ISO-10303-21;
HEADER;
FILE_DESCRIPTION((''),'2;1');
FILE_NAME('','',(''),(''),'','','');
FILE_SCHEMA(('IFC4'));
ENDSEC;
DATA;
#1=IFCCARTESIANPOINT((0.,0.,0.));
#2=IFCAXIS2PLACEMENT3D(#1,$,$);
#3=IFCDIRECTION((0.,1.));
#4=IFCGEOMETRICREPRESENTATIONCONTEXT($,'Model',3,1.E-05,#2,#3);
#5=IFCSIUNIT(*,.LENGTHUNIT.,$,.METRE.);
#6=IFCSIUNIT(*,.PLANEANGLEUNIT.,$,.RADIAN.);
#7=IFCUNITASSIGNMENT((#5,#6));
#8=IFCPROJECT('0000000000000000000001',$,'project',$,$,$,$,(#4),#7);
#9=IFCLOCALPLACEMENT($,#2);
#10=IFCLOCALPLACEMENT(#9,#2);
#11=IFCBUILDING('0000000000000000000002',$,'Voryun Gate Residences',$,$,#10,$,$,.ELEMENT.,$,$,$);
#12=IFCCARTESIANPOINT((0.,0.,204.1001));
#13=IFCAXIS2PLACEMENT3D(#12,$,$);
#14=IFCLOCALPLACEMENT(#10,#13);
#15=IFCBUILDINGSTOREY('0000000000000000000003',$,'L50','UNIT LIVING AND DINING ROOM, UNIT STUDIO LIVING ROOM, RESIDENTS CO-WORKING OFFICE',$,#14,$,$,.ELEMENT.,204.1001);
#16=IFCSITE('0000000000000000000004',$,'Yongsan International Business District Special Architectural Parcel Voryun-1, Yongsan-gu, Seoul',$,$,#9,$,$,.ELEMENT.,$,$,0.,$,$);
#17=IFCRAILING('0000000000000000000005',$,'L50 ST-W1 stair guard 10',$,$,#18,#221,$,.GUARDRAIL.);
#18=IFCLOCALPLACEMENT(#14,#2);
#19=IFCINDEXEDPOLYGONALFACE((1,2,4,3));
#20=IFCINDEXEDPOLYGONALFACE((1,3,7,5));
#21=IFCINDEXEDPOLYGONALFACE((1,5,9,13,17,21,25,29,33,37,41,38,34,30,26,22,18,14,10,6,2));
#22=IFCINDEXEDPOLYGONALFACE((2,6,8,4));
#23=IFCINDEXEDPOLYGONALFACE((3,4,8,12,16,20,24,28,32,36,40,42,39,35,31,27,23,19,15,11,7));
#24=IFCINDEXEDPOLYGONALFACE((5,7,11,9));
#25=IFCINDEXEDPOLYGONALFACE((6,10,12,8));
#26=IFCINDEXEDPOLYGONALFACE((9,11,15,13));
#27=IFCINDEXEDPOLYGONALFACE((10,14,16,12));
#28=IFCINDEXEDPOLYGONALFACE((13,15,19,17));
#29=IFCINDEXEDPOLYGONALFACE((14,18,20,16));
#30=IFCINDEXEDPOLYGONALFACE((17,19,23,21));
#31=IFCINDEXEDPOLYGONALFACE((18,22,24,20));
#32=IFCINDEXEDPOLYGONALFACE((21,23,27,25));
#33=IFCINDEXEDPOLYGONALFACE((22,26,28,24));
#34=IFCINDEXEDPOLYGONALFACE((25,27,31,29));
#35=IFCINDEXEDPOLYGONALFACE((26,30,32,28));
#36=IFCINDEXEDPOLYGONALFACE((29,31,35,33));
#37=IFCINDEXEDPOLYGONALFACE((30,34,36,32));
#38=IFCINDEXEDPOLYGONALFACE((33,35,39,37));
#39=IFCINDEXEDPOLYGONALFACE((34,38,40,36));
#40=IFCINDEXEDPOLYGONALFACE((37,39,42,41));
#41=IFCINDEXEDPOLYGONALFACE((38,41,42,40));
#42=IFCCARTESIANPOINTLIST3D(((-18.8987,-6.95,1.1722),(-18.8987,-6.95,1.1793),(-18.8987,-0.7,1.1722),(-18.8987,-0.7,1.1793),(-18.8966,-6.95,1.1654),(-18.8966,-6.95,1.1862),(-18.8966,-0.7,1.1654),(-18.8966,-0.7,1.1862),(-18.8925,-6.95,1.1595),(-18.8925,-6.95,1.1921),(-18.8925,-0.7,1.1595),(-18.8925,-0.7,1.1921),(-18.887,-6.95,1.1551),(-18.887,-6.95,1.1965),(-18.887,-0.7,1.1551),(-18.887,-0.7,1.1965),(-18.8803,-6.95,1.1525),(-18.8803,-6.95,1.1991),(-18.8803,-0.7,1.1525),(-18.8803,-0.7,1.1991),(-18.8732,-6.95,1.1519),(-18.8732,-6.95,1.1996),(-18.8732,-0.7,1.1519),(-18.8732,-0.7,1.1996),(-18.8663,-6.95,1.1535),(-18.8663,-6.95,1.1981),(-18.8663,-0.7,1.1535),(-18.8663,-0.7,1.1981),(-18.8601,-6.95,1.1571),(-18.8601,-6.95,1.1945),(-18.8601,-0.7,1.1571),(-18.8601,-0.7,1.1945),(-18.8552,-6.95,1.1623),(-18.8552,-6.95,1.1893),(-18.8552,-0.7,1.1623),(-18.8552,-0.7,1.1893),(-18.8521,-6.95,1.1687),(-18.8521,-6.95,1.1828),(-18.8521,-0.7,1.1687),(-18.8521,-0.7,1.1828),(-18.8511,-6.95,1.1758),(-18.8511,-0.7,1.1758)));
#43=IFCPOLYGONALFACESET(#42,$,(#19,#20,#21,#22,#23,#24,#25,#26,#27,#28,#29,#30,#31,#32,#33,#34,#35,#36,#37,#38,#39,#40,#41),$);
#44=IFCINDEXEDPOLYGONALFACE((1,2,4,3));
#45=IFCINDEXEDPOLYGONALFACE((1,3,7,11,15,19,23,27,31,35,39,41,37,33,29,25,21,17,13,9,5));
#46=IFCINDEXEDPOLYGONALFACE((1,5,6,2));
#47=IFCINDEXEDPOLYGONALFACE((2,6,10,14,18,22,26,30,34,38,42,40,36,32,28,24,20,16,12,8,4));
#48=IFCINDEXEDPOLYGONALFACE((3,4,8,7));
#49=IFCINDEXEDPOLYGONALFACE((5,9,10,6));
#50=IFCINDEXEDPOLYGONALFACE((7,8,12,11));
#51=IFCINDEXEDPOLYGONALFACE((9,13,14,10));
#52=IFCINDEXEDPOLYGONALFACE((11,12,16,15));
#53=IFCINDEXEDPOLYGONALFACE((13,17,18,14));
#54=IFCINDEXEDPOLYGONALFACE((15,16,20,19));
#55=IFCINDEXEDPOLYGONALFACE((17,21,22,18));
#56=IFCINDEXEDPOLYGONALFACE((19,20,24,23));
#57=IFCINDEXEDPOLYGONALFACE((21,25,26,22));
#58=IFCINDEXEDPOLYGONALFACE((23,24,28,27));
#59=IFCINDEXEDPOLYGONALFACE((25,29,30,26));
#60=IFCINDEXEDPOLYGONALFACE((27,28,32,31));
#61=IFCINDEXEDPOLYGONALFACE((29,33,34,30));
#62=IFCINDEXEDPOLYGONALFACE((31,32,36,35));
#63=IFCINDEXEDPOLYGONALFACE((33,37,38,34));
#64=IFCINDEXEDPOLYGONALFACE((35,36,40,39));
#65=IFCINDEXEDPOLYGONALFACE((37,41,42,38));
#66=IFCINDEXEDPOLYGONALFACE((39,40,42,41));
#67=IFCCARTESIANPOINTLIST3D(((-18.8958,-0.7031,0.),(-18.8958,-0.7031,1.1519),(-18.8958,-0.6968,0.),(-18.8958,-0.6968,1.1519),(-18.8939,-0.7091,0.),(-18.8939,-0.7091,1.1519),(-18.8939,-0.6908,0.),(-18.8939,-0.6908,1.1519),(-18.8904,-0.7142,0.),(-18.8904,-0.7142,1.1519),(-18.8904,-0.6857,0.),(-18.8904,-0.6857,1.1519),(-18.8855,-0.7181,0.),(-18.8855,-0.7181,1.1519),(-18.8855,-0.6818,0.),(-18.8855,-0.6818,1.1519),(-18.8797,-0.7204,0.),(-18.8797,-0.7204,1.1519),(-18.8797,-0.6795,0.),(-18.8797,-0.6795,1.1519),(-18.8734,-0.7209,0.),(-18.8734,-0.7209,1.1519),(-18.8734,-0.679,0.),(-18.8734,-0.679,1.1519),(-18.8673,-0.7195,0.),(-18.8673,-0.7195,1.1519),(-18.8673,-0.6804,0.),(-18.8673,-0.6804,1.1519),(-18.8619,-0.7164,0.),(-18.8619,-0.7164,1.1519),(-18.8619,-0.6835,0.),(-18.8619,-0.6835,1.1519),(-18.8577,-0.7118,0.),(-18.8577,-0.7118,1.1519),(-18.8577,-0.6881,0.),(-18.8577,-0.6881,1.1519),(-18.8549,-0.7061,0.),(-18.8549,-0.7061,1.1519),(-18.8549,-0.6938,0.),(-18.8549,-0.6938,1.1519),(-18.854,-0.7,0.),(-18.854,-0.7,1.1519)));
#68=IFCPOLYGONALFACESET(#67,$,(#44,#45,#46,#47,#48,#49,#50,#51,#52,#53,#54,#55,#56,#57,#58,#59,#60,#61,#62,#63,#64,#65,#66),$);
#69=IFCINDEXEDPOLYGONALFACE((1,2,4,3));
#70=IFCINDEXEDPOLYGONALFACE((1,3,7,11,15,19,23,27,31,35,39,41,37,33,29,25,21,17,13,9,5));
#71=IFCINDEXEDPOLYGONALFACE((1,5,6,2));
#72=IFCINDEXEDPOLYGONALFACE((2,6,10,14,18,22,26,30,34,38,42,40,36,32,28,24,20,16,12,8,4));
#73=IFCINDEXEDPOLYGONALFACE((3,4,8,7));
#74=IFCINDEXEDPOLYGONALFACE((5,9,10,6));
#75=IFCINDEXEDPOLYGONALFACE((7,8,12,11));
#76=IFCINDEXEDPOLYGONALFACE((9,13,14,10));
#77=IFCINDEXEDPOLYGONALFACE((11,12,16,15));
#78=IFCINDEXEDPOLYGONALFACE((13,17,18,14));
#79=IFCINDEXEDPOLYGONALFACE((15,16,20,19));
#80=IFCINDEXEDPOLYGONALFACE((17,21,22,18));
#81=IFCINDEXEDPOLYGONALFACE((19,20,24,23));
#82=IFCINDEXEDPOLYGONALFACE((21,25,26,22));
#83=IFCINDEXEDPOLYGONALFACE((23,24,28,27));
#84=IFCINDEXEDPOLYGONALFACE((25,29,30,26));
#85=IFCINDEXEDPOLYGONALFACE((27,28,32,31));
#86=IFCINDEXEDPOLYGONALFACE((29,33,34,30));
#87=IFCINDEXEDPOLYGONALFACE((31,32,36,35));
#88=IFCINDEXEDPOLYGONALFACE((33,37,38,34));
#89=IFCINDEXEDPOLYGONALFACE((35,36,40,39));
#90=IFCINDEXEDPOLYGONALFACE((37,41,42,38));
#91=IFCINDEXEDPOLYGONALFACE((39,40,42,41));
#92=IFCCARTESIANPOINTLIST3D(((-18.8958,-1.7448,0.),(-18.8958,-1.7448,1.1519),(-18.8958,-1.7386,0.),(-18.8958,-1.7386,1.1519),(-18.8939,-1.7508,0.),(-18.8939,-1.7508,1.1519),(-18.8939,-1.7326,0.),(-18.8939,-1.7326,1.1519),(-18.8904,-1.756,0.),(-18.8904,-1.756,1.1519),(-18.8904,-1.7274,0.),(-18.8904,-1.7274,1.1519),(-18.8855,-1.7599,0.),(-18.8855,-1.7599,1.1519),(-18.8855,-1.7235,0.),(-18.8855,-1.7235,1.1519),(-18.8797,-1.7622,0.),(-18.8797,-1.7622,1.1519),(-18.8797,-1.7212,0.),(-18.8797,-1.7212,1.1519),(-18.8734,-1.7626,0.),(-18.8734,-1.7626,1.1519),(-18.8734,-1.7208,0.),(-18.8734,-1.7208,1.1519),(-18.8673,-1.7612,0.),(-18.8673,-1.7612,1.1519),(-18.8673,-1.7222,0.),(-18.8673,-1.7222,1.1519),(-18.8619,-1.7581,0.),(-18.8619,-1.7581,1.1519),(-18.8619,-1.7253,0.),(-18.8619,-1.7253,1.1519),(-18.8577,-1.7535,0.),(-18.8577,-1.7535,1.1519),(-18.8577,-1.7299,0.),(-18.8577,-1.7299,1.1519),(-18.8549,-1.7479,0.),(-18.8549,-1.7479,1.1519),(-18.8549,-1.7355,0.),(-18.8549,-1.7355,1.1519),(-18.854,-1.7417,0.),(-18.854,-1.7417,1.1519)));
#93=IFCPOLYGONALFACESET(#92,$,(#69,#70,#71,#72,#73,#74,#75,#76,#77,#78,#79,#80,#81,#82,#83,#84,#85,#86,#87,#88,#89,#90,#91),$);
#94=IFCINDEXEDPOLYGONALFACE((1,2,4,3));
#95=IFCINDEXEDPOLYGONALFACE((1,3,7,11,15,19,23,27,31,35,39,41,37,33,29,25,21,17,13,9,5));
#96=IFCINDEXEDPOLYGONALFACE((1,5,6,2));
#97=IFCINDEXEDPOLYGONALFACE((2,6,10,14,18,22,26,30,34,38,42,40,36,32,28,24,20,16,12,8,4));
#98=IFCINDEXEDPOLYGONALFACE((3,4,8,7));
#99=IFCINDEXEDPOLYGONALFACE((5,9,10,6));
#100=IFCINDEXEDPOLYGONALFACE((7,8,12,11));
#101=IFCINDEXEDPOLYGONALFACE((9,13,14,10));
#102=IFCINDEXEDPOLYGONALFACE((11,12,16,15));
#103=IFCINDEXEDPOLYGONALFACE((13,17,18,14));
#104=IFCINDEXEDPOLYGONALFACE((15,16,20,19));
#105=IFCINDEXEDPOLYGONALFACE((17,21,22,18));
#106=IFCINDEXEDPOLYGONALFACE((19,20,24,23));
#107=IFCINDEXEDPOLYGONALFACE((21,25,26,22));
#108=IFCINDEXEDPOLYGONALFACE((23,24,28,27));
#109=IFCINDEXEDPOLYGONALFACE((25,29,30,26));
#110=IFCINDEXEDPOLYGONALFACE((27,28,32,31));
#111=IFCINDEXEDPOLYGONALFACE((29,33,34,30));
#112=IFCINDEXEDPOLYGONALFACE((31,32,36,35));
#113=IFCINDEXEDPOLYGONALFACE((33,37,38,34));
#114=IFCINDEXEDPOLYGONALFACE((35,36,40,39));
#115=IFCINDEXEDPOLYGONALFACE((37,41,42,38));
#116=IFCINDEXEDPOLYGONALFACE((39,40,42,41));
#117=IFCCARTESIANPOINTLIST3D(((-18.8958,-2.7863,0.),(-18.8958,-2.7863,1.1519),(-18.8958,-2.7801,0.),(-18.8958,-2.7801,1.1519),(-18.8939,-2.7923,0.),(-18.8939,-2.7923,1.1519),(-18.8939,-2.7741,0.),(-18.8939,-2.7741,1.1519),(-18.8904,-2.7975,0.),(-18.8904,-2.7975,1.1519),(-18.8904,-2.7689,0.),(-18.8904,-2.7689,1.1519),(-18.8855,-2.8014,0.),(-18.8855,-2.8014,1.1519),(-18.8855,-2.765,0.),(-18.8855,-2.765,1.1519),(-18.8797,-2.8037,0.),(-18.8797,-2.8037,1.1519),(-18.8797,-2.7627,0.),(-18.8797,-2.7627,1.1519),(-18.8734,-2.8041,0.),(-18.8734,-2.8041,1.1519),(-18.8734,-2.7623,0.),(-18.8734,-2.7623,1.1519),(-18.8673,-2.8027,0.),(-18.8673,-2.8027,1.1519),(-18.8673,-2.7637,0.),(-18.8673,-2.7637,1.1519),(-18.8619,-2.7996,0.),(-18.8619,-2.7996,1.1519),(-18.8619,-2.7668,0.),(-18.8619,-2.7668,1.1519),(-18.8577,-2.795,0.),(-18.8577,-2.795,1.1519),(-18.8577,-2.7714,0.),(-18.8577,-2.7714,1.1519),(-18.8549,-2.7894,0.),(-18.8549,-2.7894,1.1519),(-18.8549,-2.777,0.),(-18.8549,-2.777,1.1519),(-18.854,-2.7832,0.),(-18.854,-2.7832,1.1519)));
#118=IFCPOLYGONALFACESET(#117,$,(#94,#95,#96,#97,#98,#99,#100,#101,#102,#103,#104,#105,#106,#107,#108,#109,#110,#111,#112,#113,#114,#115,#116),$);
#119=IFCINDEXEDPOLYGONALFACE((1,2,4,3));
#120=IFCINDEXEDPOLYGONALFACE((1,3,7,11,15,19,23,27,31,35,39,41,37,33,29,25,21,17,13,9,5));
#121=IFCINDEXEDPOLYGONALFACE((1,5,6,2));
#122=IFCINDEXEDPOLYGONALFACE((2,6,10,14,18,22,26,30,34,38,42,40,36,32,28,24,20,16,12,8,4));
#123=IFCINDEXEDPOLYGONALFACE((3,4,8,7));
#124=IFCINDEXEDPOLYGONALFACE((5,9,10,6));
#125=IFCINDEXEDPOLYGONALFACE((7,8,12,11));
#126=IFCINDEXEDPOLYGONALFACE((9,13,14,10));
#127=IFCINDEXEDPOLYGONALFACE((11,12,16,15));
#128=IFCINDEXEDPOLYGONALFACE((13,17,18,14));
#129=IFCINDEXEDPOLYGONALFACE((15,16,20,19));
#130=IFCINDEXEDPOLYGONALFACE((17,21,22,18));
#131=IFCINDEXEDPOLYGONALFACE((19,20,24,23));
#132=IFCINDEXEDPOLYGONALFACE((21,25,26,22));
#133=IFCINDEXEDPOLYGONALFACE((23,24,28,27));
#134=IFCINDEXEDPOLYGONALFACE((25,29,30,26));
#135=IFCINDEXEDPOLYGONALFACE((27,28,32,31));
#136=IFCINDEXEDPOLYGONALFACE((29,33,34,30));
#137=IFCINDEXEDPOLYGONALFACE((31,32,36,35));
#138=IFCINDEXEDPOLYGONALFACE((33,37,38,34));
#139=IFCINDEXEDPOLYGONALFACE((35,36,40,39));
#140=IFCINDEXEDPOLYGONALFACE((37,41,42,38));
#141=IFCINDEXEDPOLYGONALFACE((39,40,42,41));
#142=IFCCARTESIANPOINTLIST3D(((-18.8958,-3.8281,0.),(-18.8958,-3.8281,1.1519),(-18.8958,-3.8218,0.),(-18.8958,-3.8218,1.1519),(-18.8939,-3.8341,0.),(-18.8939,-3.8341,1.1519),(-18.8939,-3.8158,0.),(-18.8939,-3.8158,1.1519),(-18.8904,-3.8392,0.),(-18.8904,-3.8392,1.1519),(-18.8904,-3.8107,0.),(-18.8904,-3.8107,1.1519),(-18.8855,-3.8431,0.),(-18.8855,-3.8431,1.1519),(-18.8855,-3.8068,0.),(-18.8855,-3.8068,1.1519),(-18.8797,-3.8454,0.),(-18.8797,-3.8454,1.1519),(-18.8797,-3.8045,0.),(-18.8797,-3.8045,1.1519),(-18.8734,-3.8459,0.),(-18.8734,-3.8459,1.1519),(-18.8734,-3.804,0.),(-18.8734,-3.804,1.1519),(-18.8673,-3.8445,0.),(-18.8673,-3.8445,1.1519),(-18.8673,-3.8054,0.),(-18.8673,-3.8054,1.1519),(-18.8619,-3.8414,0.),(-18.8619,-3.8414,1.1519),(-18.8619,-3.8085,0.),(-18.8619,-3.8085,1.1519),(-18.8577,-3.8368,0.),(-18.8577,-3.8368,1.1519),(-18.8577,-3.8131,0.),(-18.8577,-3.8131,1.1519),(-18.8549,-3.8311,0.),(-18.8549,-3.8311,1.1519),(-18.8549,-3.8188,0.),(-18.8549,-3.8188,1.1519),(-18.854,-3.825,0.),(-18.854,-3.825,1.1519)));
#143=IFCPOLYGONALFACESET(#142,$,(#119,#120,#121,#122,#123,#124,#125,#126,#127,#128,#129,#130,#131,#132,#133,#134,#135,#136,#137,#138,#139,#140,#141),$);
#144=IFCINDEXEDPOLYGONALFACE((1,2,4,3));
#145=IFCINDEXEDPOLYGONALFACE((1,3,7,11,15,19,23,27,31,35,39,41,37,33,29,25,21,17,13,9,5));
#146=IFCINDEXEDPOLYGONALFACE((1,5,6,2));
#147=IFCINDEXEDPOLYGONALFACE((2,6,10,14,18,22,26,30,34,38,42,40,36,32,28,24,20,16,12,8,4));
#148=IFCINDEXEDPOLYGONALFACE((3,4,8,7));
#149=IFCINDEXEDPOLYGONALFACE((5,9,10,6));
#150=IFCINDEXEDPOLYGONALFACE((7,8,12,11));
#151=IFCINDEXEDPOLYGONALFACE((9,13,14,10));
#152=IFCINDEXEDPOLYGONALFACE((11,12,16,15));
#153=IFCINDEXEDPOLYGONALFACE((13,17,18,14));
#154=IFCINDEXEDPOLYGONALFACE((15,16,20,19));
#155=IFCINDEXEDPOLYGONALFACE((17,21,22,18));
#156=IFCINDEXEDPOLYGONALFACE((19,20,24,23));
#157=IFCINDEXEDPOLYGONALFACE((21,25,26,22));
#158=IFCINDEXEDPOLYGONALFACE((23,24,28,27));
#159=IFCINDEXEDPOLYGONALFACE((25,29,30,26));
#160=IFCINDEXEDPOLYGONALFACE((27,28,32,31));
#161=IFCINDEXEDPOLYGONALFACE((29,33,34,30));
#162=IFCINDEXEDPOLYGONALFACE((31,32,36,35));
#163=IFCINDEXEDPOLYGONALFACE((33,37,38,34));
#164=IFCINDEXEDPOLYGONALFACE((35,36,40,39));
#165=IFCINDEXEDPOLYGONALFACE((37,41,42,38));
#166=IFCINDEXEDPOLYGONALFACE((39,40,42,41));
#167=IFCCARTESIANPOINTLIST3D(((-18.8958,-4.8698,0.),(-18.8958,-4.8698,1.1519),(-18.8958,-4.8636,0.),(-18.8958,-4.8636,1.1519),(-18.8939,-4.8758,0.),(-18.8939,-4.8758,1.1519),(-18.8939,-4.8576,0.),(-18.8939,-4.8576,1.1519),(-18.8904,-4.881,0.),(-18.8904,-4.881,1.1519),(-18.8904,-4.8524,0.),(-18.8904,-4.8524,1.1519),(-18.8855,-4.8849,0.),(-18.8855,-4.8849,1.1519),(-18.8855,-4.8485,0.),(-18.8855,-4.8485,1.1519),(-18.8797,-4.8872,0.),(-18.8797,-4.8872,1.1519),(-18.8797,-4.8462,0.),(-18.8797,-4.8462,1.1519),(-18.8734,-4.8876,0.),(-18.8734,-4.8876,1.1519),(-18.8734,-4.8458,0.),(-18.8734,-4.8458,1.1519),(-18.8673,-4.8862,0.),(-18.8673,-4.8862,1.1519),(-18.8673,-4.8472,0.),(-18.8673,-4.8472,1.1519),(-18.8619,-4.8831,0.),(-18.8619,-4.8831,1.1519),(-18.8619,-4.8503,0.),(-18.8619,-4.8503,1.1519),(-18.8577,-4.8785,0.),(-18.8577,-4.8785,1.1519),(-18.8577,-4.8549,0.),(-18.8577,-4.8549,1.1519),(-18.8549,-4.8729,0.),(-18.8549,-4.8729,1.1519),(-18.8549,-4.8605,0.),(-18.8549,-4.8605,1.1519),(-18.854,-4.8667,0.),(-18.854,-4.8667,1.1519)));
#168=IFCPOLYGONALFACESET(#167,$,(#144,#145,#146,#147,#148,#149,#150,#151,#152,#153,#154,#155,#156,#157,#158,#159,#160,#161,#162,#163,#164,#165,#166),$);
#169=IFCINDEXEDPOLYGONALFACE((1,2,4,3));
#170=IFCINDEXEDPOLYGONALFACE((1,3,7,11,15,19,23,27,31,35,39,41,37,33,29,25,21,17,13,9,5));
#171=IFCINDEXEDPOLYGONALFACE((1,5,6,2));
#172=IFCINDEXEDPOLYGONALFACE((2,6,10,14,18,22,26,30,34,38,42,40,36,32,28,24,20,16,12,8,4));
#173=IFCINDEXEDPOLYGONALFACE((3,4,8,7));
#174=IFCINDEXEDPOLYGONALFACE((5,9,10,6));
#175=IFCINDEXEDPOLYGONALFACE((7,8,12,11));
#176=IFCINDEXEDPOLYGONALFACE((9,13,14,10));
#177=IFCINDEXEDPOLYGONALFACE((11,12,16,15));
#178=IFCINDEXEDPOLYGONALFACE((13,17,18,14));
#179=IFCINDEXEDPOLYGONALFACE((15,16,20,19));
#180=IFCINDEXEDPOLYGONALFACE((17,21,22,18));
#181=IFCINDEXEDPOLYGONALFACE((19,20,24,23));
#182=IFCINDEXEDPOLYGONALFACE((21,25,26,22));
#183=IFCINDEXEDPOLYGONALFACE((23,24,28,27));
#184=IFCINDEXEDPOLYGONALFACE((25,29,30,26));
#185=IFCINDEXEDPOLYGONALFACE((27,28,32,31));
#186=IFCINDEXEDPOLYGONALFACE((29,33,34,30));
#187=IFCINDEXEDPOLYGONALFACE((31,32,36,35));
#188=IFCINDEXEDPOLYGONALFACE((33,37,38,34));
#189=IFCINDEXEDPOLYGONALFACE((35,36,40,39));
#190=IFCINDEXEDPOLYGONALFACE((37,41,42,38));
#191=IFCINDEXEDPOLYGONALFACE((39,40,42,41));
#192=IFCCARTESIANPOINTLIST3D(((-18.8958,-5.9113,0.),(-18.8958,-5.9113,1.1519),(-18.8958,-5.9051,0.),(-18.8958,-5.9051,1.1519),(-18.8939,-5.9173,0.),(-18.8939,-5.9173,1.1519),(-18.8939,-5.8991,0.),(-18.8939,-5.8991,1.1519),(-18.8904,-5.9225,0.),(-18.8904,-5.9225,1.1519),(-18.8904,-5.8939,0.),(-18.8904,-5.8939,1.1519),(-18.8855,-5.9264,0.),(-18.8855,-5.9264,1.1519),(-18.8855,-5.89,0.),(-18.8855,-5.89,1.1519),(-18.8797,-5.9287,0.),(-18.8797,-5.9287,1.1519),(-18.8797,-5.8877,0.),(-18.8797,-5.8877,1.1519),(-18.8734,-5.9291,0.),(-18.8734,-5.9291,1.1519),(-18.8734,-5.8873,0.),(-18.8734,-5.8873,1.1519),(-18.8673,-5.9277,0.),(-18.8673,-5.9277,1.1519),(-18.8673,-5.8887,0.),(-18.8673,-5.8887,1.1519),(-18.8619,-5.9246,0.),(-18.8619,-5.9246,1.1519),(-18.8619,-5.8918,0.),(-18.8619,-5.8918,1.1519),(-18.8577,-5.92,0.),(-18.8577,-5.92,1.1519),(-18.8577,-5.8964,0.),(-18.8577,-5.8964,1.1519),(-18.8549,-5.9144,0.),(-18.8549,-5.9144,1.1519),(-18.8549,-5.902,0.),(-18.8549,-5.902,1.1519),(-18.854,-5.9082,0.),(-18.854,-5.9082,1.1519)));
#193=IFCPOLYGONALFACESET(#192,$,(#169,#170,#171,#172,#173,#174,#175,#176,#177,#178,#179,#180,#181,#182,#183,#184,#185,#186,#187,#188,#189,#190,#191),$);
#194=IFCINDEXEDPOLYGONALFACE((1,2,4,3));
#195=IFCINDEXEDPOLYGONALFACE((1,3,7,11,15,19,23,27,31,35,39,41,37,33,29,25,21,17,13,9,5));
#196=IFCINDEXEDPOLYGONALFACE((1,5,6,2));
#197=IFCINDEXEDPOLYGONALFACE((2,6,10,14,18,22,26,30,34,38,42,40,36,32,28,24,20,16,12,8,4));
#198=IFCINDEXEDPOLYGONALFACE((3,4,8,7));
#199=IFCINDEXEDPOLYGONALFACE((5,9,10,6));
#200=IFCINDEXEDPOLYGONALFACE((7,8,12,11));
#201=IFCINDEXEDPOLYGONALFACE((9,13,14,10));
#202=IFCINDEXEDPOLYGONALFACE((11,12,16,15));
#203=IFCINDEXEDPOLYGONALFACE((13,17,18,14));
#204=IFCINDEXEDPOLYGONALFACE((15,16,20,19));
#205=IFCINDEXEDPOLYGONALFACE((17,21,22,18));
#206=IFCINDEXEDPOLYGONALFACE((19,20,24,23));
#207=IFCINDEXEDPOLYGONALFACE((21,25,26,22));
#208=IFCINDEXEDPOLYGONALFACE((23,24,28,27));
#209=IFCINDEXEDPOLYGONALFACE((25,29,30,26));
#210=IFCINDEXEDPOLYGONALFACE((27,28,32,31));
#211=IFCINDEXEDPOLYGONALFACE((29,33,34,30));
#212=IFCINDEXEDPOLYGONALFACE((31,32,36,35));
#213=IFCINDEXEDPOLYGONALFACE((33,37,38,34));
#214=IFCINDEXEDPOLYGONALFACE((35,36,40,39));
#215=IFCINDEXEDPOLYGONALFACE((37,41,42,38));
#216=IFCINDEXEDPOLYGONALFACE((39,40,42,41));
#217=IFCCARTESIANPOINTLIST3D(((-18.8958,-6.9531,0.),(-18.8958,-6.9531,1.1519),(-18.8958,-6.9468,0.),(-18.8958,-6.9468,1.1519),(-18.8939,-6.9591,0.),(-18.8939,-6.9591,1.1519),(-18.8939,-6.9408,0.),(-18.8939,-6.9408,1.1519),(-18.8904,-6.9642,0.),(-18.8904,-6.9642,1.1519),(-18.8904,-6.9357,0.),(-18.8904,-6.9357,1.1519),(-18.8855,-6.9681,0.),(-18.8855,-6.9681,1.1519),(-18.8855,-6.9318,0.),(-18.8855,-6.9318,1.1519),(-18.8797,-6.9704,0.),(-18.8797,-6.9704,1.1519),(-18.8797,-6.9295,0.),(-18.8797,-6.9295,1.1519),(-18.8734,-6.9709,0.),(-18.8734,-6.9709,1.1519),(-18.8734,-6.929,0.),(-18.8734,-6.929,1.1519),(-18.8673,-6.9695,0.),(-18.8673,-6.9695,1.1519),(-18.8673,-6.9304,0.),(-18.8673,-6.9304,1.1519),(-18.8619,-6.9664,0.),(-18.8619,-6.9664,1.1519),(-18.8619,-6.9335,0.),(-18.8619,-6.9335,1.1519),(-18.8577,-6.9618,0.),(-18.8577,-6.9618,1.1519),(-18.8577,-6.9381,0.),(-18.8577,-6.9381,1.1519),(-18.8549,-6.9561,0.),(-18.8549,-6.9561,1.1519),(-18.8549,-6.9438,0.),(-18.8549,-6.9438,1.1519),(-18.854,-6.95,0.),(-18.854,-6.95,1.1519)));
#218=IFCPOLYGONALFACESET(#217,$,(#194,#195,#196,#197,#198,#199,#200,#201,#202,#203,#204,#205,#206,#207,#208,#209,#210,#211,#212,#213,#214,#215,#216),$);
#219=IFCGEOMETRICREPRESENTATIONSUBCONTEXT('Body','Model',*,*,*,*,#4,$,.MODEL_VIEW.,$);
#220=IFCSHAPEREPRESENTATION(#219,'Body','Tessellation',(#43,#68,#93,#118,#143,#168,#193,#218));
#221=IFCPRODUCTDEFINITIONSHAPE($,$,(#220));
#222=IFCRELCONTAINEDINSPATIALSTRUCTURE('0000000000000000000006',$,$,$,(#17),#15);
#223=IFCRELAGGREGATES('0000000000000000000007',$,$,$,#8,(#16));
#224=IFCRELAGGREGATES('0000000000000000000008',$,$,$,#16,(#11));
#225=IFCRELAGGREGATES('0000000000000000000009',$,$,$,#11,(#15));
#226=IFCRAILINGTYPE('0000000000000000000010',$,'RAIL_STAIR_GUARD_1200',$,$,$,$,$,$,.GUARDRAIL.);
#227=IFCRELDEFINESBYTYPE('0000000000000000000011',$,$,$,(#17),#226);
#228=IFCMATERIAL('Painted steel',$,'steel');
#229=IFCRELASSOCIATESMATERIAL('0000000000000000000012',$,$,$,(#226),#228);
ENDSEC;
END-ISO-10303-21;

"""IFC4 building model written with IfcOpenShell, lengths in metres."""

from ifc_helpers import new_model, si_unit, direction, frame, origin, origin_2d, place, context, subcontext, project, spatial, circle, extrude, material, type_object, element, save


model = new_model("IFC4")

# Units and contexts
model_context = context("Model", 3, precision=1e-05, world=origin(), true_north=direction((0.0, 1.0)))
body_context = subcontext(model_context, "Body", "Model", "MODEL_VIEW")
ifc_project = project(units=[si_unit("LENGTHUNIT", "METRE"), si_unit("PLANEANGLEUNIT", "RADIAN")], contexts=[model_context])

# Site, building, storey
site_placement = place(None, origin())
site = spatial("IfcSite", under=ifc_project, at=site_placement, Name="Yongsan International Business District Special Architectural Parcel Voryun-1, Yongsan-gu, Seoul", CompositionType="ELEMENT", RefElevation=0.0)
building_placement = place(site_placement, origin())
building = spatial("IfcBuilding", under=site, at=building_placement, Name="Voryun Gate Residences", CompositionType="ELEMENT")
storey_placement = place(building_placement, frame((0.0, 0.0, 204.1001)))
storey = spatial("IfcBuildingStorey", under=building, at=storey_placement, Name="L50", Description="UNIT LIVING AND DINING ROOM, UNIT STUDIO LIVING ROOM, RESIDENTS CO-WORKING OFFICE", CompositionType="ELEMENT", Elevation=204.1001)

# Railing
ifc_material_1 = material(Name="Painted steel", Category="steel")
railing_type_1 = type_object("IfcRailingType", Name="RAIL_STAIR_GUARD_1200", PredefinedType="GUARDRAIL", material=ifc_material_1)
railing_1_placement = place(storey_placement, frame((-18.875, -0.7, 0.0)))
element("IfcRailing", 1, at=railing_1_placement, inside=storey, type_object=railing_type_1, Name="L50 ST-W1 stair guard 10", PredefinedType="GUARDRAIL", context=body_context, shape_type="SweptSolid", body=[
    extrude(circle(Radius=0.0239, at=origin_2d()), frame((0.0, 0.0, 1.1758), z_axis=(0.0, -1.0, 0.0), x_axis=(1.0, 0.0, 0.0)), (0.0, 0.0, 1.0), 6.25),
    extrude(circle(Radius=0.021, at=origin_2d()), origin(), (0.0, 0.0, 1.0), 1.1519),
    extrude(circle(Radius=0.021, at=origin_2d()), frame((0.0, -1.0417, 0.0)), (0.0, 0.0, 1.0), 1.1519),
    extrude(circle(Radius=0.021, at=origin_2d()), frame((0.0, -2.0833, 0.0)), (0.0, 0.0, 1.0), 1.1519),
    extrude(circle(Radius=0.021, at=origin_2d()), frame((0.0, -3.125, 0.0)), (0.0, 0.0, 1.0), 1.1519),
    extrude(circle(Radius=0.021, at=origin_2d()), frame((0.0, -4.1667, 0.0)), (0.0, 0.0, 1.0), 1.1519),
    extrude(circle(Radius=0.021, at=origin_2d()), frame((0.0, -5.2083, 0.0)), (0.0, 0.0, 1.0), 1.1519),
    extrude(circle(Radius=0.021, at=origin_2d()), frame((0.0, -6.25, 0.0)), (0.0, 0.0, 1.0), 1.1519),
])

save(model, "model.ifc")
